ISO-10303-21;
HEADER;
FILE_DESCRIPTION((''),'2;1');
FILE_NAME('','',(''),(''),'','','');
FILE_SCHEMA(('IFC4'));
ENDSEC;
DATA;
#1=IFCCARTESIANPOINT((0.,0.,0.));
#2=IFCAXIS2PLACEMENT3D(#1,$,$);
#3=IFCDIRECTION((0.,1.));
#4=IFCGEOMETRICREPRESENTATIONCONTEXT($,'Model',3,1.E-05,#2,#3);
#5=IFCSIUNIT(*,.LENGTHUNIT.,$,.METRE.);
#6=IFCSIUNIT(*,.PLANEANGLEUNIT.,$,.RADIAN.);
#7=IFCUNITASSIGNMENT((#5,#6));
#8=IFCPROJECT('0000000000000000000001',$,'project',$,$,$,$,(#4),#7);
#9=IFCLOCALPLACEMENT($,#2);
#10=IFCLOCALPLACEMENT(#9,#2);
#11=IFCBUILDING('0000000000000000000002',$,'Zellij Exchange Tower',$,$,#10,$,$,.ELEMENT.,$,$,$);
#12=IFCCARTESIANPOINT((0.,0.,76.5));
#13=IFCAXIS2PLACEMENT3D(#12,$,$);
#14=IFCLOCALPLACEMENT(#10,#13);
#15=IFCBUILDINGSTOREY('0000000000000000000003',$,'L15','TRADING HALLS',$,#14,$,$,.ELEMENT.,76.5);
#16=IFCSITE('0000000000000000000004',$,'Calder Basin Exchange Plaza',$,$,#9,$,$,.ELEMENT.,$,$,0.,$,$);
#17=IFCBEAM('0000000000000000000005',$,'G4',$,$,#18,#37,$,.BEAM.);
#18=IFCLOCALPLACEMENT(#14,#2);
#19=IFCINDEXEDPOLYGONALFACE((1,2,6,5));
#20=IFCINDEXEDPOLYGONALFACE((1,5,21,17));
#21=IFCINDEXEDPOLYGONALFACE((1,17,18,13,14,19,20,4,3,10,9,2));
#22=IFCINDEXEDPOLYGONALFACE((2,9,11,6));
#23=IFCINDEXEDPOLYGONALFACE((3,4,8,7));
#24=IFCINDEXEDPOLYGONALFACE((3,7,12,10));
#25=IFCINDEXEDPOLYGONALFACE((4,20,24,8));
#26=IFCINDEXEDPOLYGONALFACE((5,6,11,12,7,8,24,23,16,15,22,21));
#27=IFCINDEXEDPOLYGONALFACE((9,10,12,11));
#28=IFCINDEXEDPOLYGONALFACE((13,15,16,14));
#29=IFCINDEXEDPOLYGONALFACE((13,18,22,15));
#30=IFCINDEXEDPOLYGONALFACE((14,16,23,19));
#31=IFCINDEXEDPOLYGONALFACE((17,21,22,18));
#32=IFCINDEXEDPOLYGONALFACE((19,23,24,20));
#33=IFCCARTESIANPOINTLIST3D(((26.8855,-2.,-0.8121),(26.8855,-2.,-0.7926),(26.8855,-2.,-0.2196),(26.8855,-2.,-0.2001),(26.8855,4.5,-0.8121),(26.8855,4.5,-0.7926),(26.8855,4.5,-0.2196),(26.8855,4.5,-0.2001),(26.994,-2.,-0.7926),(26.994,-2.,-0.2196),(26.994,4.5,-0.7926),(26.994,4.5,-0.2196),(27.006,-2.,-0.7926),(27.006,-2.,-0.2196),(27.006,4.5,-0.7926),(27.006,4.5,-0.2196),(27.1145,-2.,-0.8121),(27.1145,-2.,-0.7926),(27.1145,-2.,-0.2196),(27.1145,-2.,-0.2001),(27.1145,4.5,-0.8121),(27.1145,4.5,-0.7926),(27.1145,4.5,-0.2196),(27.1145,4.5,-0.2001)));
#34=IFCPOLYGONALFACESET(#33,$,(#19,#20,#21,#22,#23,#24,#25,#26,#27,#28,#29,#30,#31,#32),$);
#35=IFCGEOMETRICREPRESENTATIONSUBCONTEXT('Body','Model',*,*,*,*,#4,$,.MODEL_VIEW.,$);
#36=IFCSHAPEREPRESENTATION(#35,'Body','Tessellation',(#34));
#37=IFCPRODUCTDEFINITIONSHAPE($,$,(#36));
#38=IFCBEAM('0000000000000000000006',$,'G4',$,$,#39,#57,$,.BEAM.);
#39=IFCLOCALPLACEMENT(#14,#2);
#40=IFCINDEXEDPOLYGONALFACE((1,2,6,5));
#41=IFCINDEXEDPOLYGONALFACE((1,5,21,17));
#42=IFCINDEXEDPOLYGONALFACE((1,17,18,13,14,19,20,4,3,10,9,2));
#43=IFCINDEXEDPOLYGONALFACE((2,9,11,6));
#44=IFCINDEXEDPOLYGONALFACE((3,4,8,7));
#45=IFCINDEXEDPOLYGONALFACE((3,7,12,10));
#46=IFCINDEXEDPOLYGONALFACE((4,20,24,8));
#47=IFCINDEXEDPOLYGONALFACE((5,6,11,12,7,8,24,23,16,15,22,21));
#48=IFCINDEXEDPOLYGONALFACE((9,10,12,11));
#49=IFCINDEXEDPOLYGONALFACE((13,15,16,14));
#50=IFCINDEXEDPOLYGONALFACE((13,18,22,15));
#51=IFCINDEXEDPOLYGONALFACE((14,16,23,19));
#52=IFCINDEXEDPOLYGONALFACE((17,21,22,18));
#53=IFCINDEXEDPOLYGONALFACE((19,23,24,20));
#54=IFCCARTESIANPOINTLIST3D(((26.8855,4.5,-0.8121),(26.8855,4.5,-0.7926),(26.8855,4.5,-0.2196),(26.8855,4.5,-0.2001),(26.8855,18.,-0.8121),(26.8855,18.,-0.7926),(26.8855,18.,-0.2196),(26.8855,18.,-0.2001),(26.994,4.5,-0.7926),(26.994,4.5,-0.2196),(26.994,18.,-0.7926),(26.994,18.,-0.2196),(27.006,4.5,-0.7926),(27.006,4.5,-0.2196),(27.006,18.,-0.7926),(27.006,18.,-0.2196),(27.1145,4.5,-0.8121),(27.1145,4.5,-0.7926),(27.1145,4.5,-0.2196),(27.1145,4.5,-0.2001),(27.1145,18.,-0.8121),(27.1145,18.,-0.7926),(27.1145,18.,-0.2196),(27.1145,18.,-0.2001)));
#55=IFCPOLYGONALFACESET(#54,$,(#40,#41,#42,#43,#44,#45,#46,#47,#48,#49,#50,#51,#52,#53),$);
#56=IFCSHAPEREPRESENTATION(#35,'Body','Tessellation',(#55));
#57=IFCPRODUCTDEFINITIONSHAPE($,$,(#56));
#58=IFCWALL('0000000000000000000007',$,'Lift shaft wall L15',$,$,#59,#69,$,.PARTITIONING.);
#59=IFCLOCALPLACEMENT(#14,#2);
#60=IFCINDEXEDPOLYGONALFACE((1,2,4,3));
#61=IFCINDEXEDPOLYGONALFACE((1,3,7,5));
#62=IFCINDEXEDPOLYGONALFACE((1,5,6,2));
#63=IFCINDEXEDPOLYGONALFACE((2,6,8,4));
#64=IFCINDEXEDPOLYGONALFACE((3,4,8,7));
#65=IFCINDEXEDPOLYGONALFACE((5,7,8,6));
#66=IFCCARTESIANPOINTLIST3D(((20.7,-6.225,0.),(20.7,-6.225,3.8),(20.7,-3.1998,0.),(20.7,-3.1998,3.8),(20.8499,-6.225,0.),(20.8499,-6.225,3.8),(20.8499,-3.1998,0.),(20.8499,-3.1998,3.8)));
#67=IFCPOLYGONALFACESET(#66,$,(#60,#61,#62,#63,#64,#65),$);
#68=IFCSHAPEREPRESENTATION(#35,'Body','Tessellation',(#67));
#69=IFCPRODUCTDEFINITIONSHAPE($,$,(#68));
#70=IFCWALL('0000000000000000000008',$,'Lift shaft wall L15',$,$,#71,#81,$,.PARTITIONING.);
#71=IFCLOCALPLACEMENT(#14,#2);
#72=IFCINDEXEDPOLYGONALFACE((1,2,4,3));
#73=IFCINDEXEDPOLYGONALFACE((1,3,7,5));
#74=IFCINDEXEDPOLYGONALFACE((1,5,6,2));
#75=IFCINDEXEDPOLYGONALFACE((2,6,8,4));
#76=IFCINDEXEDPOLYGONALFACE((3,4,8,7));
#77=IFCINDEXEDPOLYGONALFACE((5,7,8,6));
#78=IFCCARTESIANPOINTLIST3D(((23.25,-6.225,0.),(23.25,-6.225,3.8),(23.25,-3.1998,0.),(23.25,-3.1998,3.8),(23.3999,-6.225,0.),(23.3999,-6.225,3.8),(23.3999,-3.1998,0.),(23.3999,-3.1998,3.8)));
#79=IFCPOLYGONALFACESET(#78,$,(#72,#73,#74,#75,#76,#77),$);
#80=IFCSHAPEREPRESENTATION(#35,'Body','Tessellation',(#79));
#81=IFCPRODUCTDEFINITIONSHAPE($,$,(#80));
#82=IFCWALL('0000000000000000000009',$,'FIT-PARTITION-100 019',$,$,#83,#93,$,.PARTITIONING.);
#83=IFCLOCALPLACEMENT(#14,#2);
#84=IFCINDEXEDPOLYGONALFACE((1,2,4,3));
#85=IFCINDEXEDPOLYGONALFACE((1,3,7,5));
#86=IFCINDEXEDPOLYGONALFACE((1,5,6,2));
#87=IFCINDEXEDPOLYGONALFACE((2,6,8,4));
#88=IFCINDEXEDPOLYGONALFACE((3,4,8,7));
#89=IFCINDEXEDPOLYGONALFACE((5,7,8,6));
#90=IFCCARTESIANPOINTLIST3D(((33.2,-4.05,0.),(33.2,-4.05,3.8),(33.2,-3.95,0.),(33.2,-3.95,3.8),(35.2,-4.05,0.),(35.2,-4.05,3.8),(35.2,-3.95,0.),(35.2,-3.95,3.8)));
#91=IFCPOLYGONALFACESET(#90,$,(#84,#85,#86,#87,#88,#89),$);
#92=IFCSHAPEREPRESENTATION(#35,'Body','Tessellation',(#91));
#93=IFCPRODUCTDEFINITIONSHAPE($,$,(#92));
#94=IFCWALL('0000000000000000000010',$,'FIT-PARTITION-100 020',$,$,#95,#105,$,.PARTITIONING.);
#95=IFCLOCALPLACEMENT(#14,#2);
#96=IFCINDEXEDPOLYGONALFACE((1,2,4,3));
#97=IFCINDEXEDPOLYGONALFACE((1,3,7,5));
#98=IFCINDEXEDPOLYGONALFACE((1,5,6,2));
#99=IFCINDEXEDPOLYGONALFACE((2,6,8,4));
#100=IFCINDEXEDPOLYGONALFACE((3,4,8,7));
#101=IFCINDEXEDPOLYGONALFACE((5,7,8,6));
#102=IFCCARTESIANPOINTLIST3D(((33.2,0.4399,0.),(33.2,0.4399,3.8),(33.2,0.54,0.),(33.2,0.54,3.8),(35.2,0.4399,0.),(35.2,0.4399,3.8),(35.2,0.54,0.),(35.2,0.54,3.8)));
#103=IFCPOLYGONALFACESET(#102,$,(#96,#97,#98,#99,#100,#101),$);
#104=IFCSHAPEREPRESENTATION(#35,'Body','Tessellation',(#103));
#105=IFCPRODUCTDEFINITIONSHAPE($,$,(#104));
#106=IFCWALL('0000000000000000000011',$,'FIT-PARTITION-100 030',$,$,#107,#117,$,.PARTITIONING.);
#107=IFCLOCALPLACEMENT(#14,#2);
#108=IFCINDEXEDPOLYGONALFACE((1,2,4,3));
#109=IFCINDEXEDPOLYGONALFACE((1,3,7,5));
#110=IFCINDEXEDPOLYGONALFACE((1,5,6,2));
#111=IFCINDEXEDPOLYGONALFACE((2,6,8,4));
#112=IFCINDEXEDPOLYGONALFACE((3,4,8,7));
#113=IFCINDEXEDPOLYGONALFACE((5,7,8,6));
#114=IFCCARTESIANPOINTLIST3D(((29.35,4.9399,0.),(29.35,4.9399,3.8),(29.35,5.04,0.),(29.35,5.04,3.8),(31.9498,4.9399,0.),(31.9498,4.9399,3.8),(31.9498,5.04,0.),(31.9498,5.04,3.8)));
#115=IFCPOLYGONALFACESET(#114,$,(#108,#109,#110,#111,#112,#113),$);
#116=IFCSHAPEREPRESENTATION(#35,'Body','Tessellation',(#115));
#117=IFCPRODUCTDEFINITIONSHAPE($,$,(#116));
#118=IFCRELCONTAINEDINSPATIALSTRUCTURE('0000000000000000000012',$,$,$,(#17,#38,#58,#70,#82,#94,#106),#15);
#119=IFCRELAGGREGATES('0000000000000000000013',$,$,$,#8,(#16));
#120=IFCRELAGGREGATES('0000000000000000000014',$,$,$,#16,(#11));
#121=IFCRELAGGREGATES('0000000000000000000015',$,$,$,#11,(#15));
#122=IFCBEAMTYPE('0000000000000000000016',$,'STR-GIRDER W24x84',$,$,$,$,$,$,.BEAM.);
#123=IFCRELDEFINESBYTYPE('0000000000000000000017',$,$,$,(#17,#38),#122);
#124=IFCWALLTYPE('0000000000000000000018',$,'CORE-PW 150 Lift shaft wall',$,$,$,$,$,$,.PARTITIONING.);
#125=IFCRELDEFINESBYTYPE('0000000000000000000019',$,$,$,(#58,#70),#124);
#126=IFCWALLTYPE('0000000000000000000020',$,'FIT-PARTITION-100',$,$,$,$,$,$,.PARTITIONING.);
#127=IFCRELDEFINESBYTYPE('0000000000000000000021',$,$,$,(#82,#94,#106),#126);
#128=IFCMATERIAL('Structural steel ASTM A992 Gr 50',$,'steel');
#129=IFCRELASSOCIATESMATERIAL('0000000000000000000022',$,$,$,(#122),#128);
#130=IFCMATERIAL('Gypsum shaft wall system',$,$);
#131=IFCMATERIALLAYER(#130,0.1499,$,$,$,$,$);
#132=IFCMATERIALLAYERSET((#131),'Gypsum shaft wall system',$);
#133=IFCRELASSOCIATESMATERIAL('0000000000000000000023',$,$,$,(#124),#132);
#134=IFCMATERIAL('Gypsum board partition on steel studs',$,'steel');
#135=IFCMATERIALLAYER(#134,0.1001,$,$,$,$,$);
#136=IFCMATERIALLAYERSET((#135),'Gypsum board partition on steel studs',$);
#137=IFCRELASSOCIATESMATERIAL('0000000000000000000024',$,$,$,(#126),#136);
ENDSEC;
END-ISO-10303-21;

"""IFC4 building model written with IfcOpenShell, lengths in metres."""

from ifc_helpers import new_model, si_unit, direction, frame, frame_2d, origin, origin_2d, place, context, subcontext, project, spatial, rectangle, i_section, extrude, material, layer, layer_set, material_profile, profile_set, type_object, element, save


model = new_model("IFC4")

# Units and contexts
model_context = context("Model", 3, precision=1e-05, world=origin(), true_north=direction((0.0, 1.0)))
body_context = subcontext(model_context, "Body", "Model", "MODEL_VIEW")
ifc_project = project(units=[si_unit("LENGTHUNIT", "METRE"), si_unit("PLANEANGLEUNIT", "RADIAN")], contexts=[model_context])

# Site, building, storey
site_placement = place(None, origin())
site = spatial("IfcSite", under=ifc_project, at=site_placement, Name="Calder Basin Exchange Plaza", CompositionType="ELEMENT", RefElevation=0.0)
building_placement = place(site_placement, origin())
building = spatial("IfcBuilding", under=site, at=building_placement, Name="Zellij Exchange Tower", CompositionType="ELEMENT")
storey_placement = place(building_placement, frame((0.0, 0.0, 76.5)))
storey = spatial("IfcBuildingStorey", under=building, at=storey_placement, Name="L15", Description="TRADING HALLS", CompositionType="ELEMENT", Elevation=76.5)

# Beams
ifc_material_1 = material(Name="Structural steel ASTM A992 Gr 50", Category="steel")
ifc_material_profile_1 = material_profile(ifc_material_1, i_section(OverallWidth=0.229, OverallDepth=0.6121, WebThickness=0.012, FlangeThickness=0.0195, at=origin_2d()), Name="W24x84")
ifc_profile_set_1 = profile_set([ifc_material_profile_1], Name="Structural steel ASTM A992 Gr 50")
beam_type_1 = type_object("IfcBeamType", Name="STR-GIRDER W24x84", PredefinedType="BEAM", material=ifc_profile_set_1)
beam_1_placement = place(storey_placement, frame((27.0, -2.0, -0.5061), z_axis=(0.0, 1.0, 0.0), x_axis=(-1.0, 0.0, 0.0)))
element("IfcBeam", 1, at=beam_1_placement, inside=storey, type_object=beam_type_1, Name="G4", PredefinedType="BEAM", context=body_context, shape_type="SweptSolid", body=[
    extrude(i_section(OverallWidth=0.229, OverallDepth=0.6121, WebThickness=0.012, FlangeThickness=0.0195, at=origin_2d()), origin(), (0.0, 0.0, 1.0), 6.5),
])
beam_2_placement = place(storey_placement, frame((27.0, 4.5, -0.5061), z_axis=(0.0, 1.0, 0.0), x_axis=(-1.0, 0.0, 0.0)))
element("IfcBeam", 2, at=beam_2_placement, inside=storey, type_object=beam_type_1, Name="G4", PredefinedType="BEAM", context=body_context, shape_type="SweptSolid", body=[
    extrude(i_section(OverallWidth=0.229, OverallDepth=0.6121, WebThickness=0.012, FlangeThickness=0.0195, at=origin_2d()), origin(), (0.0, 0.0, 1.0), 13.5),
])

# Walls
ifc_material_2 = material(Name="Gypsum shaft wall system")
ifc_layer_1 = layer(ifc_material_2, 0.1499)
ifc_layer_set_1 = layer_set([ifc_layer_1], Name="Gypsum shaft wall system")
wall_type_1 = type_object("IfcWallType", Name="CORE-PW 150 Lift shaft wall", PredefinedType="PARTITIONING", material=ifc_layer_set_1)
for number, where, z_axis, x_axis, name in (
    (3, (20.7749, -6.2251, 0.0), (0.0, 0.0, 1.0), (0.0, 1.0, 0.0), "Lift shaft wall L15"),
    (4, (23.325, -6.2251, 0.0), (0.0, 0.0, 1.0), (0.0, 1.0, 0.0), "Lift shaft wall L15"),
):
    element("IfcWall", number, at=place(storey_placement, frame(where, z_axis=z_axis, x_axis=x_axis)), inside=storey, type_object=wall_type_1, Name=name, PredefinedType="PARTITIONING", context=body_context, shape_type="SweptSolid", body=[
        extrude(rectangle(XDim=3.0251, YDim=0.1499, at=frame_2d((1.5127, 0.0))), origin(), (0.0, 0.0, 1.0), 3.8),
    ])
ifc_material_3 = material(Name="Gypsum board partition on steel studs", Category="steel")
ifc_layer_2 = layer(ifc_material_3, 0.1001)
ifc_layer_set_2 = layer_set([ifc_layer_2], Name="Gypsum board partition on steel studs")
wall_type_2 = type_object("IfcWallType", Name="FIT-PARTITION-100", PredefinedType="PARTITIONING", material=ifc_layer_set_2)
for number, where, z_axis, x_axis, name in (
    (5, (33.2, -4.0, 0.0), (0.0, 0.0, 1.0), (1.0, 0.0, 0.0), "FIT-PARTITION-100 019"),
    (6, (33.2, 0.49, 0.0), (0.0, 0.0, 1.0), (1.0, 0.0, 0.0), "FIT-PARTITION-100 020"),
):
    element("IfcWall", number, at=place(storey_placement, frame(where, z_axis=z_axis, x_axis=x_axis)), inside=storey, type_object=wall_type_2, Name=name, PredefinedType="PARTITIONING", context=body_context, shape_type="SweptSolid", body=[
        extrude(rectangle(XDim=2.0, YDim=0.1001, at=frame_2d((1.0, 0.0))), origin(), (0.0, 0.0, 1.0), 3.8),
    ])
wall_placement = place(storey_placement, frame((29.3501, 4.99, 0.0), z_axis=(0.0, 0.0, 1.0), x_axis=(1.0, 0.0, 0.0)))
element("IfcWall", 7, at=wall_placement, inside=storey, type_object=wall_type_2, Name="FIT-PARTITION-100 030", PredefinedType="PARTITIONING", context=body_context, shape_type="SweptSolid", body=[
    extrude(rectangle(XDim=2.5999, YDim=0.1001, at=frame_2d((1.2998, 0.0))), origin(), (0.0, 0.0, 1.0), 3.8),
])

save(model, "model.ifc")
